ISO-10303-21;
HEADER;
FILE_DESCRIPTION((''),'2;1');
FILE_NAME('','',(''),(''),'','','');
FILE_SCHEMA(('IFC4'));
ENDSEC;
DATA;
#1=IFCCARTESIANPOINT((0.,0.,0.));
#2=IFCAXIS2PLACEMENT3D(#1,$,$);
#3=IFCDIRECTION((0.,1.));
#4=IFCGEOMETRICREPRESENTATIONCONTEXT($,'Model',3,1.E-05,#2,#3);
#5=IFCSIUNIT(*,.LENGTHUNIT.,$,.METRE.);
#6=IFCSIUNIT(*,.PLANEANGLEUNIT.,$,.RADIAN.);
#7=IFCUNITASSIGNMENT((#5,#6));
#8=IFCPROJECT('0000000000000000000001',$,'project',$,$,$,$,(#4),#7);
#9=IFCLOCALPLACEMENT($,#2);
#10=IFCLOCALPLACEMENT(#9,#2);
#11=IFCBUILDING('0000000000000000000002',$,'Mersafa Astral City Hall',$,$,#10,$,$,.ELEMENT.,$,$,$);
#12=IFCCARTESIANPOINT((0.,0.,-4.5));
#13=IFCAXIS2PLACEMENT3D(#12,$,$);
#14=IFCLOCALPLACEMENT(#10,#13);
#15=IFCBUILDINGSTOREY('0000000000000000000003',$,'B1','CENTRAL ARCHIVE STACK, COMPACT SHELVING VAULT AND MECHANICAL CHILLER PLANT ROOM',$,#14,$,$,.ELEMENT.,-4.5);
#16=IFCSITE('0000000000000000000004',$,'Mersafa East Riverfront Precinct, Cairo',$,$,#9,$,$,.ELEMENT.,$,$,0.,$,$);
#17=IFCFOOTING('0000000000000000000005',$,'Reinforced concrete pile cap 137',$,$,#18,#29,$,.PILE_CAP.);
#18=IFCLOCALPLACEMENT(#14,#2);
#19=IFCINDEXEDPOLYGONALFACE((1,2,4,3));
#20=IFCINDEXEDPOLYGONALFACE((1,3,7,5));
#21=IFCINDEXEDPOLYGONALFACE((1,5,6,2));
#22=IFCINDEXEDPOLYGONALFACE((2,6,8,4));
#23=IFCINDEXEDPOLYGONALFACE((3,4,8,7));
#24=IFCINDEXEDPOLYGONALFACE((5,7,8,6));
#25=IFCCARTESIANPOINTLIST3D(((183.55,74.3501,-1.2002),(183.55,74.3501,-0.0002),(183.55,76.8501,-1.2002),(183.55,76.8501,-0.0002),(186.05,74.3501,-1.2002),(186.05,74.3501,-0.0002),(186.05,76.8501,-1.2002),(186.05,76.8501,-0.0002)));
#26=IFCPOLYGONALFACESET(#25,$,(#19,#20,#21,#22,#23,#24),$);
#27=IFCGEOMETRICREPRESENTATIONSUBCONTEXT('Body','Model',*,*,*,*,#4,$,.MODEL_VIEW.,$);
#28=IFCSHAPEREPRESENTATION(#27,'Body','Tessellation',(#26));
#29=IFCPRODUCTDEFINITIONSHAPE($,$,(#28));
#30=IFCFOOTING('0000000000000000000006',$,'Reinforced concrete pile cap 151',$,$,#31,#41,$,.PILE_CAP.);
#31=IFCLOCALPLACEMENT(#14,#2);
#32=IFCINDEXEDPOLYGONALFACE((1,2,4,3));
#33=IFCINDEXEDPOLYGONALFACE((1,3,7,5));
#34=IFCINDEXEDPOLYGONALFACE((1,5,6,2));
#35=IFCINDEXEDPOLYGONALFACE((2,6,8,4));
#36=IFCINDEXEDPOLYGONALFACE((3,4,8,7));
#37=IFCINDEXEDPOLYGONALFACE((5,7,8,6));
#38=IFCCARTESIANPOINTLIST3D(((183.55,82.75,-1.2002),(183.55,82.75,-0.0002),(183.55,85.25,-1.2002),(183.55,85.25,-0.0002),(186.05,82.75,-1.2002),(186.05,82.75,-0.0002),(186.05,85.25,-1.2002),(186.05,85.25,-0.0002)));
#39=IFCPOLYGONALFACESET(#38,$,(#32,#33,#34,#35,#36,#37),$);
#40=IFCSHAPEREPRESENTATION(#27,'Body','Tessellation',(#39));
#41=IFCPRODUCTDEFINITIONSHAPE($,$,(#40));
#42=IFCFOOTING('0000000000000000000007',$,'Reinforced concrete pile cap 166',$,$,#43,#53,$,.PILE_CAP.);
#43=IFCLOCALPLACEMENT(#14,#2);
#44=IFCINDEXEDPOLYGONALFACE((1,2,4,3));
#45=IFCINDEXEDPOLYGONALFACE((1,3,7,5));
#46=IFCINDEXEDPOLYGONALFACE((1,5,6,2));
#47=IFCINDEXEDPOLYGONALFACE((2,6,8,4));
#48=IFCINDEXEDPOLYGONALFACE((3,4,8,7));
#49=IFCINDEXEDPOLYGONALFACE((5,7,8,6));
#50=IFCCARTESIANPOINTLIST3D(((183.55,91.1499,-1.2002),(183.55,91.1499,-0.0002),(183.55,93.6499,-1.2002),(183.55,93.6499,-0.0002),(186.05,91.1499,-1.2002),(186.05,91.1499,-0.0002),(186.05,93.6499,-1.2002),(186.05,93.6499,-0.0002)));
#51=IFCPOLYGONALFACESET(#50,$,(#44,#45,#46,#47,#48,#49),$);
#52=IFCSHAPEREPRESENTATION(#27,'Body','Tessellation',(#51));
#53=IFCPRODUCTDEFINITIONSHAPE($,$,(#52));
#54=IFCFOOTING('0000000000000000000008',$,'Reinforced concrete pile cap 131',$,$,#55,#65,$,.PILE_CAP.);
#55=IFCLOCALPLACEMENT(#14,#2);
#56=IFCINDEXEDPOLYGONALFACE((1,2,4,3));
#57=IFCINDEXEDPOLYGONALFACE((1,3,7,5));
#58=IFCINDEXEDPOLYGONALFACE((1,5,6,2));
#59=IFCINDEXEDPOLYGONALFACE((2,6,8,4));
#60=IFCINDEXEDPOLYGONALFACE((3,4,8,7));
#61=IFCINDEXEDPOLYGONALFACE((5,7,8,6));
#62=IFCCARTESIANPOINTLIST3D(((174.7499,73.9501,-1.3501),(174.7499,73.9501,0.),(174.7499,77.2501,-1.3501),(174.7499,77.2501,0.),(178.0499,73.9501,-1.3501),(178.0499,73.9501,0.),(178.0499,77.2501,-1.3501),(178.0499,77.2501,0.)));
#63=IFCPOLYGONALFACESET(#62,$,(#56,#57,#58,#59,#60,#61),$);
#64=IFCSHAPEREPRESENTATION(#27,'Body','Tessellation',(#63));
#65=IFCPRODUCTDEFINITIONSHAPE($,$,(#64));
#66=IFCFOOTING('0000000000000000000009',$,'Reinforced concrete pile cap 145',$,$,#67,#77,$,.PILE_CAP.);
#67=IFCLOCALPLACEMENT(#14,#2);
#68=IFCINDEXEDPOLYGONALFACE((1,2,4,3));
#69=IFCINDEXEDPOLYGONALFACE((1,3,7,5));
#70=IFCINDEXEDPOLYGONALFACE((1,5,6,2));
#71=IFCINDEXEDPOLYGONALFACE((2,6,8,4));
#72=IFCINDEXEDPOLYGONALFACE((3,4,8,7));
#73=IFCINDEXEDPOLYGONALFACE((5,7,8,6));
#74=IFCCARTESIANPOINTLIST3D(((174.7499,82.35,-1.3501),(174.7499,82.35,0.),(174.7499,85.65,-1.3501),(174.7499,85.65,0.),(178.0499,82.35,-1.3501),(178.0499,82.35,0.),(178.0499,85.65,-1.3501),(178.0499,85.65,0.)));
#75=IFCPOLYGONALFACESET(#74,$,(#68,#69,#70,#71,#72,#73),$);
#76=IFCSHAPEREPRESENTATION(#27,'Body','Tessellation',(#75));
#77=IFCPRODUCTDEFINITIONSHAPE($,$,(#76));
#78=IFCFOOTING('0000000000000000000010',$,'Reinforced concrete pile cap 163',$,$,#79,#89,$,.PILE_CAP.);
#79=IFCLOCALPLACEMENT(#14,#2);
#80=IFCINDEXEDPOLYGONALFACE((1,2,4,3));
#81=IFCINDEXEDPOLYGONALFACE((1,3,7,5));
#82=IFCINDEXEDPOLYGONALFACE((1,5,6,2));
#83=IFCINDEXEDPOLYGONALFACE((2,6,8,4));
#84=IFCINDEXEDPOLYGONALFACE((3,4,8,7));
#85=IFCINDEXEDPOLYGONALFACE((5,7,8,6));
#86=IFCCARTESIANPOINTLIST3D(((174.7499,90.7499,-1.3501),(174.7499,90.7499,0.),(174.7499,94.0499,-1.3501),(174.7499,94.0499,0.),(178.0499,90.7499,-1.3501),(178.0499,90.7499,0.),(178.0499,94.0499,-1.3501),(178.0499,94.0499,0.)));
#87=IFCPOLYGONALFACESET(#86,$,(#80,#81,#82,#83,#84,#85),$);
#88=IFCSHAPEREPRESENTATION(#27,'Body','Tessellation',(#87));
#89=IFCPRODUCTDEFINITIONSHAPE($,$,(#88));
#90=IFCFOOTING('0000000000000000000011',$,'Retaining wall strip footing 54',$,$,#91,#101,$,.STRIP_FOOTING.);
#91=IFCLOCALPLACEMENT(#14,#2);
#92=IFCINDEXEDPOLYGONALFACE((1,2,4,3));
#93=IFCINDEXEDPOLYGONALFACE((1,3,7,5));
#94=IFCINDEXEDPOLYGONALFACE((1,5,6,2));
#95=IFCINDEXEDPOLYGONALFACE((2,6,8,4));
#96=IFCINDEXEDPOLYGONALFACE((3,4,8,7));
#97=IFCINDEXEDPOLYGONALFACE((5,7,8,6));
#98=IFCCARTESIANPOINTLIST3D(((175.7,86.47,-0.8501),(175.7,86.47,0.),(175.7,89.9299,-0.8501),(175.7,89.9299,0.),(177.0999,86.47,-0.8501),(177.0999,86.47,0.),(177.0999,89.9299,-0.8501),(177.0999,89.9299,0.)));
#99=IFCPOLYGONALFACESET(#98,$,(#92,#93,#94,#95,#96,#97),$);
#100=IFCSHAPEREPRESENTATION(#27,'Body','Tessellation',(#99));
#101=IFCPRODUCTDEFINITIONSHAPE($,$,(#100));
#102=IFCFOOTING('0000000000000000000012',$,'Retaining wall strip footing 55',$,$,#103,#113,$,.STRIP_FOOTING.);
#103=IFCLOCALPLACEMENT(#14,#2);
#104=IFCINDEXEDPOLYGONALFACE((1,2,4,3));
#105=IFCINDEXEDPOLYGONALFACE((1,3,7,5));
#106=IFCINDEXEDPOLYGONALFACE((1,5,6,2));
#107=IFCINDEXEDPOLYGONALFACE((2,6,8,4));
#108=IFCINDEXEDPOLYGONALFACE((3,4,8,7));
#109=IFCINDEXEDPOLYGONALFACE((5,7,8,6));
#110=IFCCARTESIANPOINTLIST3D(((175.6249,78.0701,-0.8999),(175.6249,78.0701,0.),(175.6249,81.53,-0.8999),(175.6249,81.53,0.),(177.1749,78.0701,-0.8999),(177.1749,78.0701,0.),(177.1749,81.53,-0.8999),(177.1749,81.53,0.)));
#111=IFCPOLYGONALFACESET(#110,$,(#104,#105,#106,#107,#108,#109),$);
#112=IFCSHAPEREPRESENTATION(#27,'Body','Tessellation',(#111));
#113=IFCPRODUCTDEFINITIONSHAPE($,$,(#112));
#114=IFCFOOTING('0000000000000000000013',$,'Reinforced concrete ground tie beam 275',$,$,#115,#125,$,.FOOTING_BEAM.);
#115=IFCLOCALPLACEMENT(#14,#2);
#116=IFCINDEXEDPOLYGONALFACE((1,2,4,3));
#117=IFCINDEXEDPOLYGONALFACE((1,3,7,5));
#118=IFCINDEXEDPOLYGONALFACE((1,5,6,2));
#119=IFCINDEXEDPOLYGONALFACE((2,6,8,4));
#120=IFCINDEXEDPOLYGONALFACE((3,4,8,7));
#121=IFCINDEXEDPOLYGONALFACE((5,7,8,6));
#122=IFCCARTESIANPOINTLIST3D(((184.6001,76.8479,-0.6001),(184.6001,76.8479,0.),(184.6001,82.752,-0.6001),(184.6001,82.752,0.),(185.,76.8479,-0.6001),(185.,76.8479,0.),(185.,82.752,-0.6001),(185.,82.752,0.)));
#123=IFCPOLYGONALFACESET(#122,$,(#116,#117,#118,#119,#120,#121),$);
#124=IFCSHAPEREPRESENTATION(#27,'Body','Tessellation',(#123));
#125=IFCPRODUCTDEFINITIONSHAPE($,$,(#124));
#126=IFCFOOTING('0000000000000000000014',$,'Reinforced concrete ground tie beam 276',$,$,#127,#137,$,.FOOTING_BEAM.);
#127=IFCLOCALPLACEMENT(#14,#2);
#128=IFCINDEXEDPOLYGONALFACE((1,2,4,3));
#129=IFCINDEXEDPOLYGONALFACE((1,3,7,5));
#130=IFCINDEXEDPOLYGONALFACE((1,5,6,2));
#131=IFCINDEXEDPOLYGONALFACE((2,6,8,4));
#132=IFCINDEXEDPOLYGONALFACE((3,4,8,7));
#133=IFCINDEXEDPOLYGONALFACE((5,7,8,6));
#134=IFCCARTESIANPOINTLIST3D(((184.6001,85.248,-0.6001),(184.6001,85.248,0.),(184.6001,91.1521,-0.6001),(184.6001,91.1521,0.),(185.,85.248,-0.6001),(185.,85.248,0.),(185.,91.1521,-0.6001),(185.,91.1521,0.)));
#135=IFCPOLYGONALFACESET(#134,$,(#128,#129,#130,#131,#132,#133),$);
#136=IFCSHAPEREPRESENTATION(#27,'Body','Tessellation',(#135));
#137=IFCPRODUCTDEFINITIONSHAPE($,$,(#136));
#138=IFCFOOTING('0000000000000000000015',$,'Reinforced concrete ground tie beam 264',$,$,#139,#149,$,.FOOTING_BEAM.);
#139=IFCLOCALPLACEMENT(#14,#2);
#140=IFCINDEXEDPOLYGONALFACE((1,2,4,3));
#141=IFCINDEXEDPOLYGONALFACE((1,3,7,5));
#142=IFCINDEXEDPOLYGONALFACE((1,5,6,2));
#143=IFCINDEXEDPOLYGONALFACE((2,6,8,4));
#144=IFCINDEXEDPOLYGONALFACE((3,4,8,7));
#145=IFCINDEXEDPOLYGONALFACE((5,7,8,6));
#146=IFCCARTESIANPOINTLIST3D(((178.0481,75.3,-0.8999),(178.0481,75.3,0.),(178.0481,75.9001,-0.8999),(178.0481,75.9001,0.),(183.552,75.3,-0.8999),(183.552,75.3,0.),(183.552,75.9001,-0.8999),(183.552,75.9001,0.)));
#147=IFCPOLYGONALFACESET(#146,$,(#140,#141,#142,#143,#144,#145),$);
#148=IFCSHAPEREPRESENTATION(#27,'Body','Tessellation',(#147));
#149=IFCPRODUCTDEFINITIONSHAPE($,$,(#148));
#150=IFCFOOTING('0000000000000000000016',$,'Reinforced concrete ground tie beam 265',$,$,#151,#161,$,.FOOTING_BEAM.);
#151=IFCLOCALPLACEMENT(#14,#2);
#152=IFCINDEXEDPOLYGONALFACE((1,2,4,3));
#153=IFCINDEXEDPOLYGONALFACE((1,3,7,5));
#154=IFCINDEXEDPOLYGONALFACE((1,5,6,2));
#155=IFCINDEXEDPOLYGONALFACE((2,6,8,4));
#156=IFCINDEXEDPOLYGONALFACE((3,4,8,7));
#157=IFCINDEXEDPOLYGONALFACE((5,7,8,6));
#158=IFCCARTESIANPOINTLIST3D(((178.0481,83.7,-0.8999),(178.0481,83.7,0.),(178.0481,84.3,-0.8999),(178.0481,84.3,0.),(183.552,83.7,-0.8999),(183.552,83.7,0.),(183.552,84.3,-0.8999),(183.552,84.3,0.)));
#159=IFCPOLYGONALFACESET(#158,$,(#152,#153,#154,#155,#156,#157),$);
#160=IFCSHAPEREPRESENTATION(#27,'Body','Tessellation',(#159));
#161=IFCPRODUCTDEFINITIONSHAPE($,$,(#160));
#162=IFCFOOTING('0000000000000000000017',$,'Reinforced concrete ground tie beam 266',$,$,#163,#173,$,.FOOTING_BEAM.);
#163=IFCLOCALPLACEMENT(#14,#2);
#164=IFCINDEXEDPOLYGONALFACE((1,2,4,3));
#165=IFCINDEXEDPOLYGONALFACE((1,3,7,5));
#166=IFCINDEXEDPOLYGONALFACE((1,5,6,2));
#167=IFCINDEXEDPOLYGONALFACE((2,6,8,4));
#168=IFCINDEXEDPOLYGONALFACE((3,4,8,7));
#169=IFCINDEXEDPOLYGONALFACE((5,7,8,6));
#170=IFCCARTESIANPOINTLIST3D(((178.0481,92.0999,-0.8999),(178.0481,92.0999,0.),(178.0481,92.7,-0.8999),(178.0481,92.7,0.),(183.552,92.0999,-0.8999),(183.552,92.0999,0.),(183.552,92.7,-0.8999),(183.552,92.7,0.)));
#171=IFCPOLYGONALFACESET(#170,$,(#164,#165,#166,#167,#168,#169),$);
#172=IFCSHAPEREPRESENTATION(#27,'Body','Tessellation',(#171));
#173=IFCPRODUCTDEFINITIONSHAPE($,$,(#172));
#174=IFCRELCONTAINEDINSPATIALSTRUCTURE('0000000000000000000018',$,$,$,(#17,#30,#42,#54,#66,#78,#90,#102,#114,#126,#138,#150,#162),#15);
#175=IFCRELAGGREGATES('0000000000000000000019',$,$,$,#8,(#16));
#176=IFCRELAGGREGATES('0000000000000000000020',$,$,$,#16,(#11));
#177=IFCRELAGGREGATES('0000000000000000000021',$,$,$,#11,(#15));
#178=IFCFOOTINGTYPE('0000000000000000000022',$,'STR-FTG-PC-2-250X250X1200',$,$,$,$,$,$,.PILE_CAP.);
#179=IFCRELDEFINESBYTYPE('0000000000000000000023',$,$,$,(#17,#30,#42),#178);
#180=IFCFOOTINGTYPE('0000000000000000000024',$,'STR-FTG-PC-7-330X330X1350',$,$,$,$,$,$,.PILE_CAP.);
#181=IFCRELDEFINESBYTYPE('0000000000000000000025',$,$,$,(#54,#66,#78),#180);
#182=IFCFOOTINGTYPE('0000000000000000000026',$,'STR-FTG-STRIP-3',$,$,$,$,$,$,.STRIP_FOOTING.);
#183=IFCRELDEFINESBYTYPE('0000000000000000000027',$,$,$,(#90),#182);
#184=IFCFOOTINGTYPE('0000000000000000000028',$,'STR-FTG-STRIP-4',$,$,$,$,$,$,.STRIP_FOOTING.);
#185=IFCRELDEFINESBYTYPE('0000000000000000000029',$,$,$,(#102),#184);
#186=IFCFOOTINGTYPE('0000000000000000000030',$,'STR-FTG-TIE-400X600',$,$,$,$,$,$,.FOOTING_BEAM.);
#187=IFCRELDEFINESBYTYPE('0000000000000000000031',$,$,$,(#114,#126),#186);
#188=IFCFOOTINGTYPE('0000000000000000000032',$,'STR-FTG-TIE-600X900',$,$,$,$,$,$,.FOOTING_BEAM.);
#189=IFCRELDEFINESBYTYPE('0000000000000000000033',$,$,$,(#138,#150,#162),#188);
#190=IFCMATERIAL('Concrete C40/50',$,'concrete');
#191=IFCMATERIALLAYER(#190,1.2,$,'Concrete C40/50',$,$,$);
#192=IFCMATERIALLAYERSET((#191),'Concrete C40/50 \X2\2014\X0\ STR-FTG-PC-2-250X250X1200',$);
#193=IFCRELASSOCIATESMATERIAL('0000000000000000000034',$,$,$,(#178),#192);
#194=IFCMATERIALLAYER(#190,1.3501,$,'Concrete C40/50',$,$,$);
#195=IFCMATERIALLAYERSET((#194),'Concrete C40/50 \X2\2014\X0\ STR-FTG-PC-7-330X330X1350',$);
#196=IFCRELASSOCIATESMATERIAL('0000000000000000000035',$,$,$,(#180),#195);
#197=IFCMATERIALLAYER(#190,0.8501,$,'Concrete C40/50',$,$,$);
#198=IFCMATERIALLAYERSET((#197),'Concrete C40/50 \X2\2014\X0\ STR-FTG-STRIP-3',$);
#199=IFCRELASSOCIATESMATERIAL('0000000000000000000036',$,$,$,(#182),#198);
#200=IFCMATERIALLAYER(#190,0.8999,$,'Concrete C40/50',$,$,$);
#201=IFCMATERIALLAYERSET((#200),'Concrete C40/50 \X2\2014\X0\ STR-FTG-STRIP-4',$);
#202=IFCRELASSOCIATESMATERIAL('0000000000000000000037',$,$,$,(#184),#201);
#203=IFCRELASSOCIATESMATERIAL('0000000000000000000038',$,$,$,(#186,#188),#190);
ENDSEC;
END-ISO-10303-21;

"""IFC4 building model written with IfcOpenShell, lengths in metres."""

from ifc_helpers import new_model, si_unit, direction, frame, origin, origin_2d, place, context, subcontext, project, spatial, rectangle, extrude, material, layer, layer_set, material_profile, profile_set, type_object, element, save


model = new_model("IFC4")

# Units and contexts
model_context = context("Model", 3, precision=1e-05, world=origin(), true_north=direction((0.0, 1.0)))
body_context = subcontext(model_context, "Body", "Model", "MODEL_VIEW")
ifc_project = project(units=[si_unit("LENGTHUNIT", "METRE"), si_unit("PLANEANGLEUNIT", "RADIAN")], contexts=[model_context])

# Site, building, storey
site_placement = place(None, origin())
site = spatial("IfcSite", under=ifc_project, at=site_placement, Name="Mersafa East Riverfront Precinct, Cairo", CompositionType="ELEMENT", RefElevation=0.0)
building_placement = place(site_placement, origin())
building = spatial("IfcBuilding", under=site, at=building_placement, Name="Mersafa Astral City Hall", CompositionType="ELEMENT")
storey_placement = place(building_placement, frame((0.0, 0.0, -4.5)))
storey = spatial("IfcBuildingStorey", under=building, at=storey_placement, Name="B1", Description="CENTRAL ARCHIVE STACK, COMPACT SHELVING VAULT AND MECHANICAL CHILLER PLANT ROOM", CompositionType="ELEMENT", Elevation=-4.5)

# Footings
ifc_material_1 = material(Name="Concrete C40/50", Category="concrete")
ifc_layer_1 = layer(ifc_material_1, 1.2, Name="Concrete C40/50")
ifc_layer_set_1 = layer_set([ifc_layer_1], Name="Concrete C40/50 — STR-FTG-PC-2-250X250X1200")
footing_type_1 = type_object("IfcFootingType", Name="STR-FTG-PC-2-250X250X1200", PredefinedType="PILE_CAP", material=ifc_layer_set_1)
for number, where, z_axis, x_axis, name in (
    (1, (184.8, 75.6001, -1.2002), (0.0, 0.0, 1.0), (1.0, 0.0, 0.0), "Reinforced concrete pile cap 137"),
    (2, (184.8, 84.0, -1.2002), (0.0, 0.0, 1.0), (1.0, 0.0, 0.0), "Reinforced concrete pile cap 151"),
    (3, (184.8, 92.3999, -1.2002), (0.0, 0.0, 1.0), (1.0, 0.0, 0.0), "Reinforced concrete pile cap 166"),
):
    element("IfcFooting", number, at=place(storey_placement, frame(where, z_axis=z_axis, x_axis=x_axis)), inside=storey, type_object=footing_type_1, Name=name, PredefinedType="PILE_CAP", context=body_context, shape_type="SweptSolid", body=[
        extrude(rectangle(XDim=2.5, YDim=2.5, at=origin_2d()), origin(), (0.0, 0.0, 1.0), 1.2),
    ])
ifc_layer_2 = layer(ifc_material_1, 1.3501, Name="Concrete C40/50")
ifc_layer_set_2 = layer_set([ifc_layer_2], Name="Concrete C40/50 — STR-FTG-PC-7-330X330X1350")
footing_type_2 = type_object("IfcFootingType", Name="STR-FTG-PC-7-330X330X1350", PredefinedType="PILE_CAP", material=ifc_layer_set_2)
for number, where, z_axis, x_axis, name in (
    (4, (176.3999, 75.6001, -1.3501), (0.0, 0.0, 1.0), (1.0, 0.0, 0.0), "Reinforced concrete pile cap 131"),
    (5, (176.3999, 84.0, -1.3501), (0.0, 0.0, 1.0), (1.0, 0.0, 0.0), "Reinforced concrete pile cap 145"),
    (6, (176.3999, 92.3999, -1.3501), (0.0, 0.0, 1.0), (1.0, 0.0, 0.0), "Reinforced concrete pile cap 163"),
):
    element("IfcFooting", number, at=place(storey_placement, frame(where, z_axis=z_axis, x_axis=x_axis)), inside=storey, type_object=footing_type_2, Name=name, PredefinedType="PILE_CAP", context=body_context, shape_type="SweptSolid", body=[
        extrude(rectangle(XDim=3.3, YDim=3.3, at=origin_2d()), origin(), (0.0, 0.0, 1.0), 1.3501),
    ])
ifc_layer_3 = layer(ifc_material_1, 0.8501, Name="Concrete C40/50")
ifc_layer_set_3 = layer_set([ifc_layer_3], Name="Concrete C40/50 — STR-FTG-STRIP-3")
footing_type_3 = type_object("IfcFootingType", Name="STR-FTG-STRIP-3", PredefinedType="STRIP_FOOTING", material=ifc_layer_set_3)
footing_1_placement = place(storey_placement, frame((176.3999, 88.2, -0.8501), z_axis=(0.0, 0.0, 1.0), x_axis=(0.0, -1.0, 0.0)))
element("IfcFooting", 7, at=footing_1_placement, inside=storey, type_object=footing_type_3, Name="Retaining wall strip footing 54", PredefinedType="STRIP_FOOTING", context=body_context, shape_type="SweptSolid", body=[
    extrude(rectangle(XDim=3.46, YDim=1.3999, at=origin_2d()), origin(), (0.0, 0.0, 1.0), 0.8501),
])
ifc_layer_4 = layer(ifc_material_1, 0.8999, Name="Concrete C40/50")
ifc_layer_set_4 = layer_set([ifc_layer_4], Name="Concrete C40/50 — STR-FTG-STRIP-4")
footing_type_4 = type_object("IfcFootingType", Name="STR-FTG-STRIP-4", PredefinedType="STRIP_FOOTING", material=ifc_layer_set_4)
footing_2_placement = place(storey_placement, frame((176.3999, 79.8, -0.8999), z_axis=(0.0, 0.0, 1.0), x_axis=(0.0, -1.0, 0.0)))
element("IfcFooting", 8, at=footing_2_placement, inside=storey, type_object=footing_type_4, Name="Retaining wall strip footing 55", PredefinedType="STRIP_FOOTING", context=body_context, shape_type="SweptSolid", body=[
    extrude(rectangle(XDim=3.46, YDim=1.55, at=origin_2d()), origin(), (0.0, 0.0, 1.0), 0.8999),
])
ifc_material_profile_1 = material_profile(ifc_material_1, rectangle(XDim=0.3999, YDim=0.6001, at=origin_2d()), Name="RC 400x600")
ifc_profile_set_1 = profile_set([ifc_material_profile_1], Name="Concrete C40/50")
footing_type_5 = type_object("IfcFootingType", Name="STR-FTG-TIE-400X600", PredefinedType="FOOTING_BEAM", material=ifc_profile_set_1)
for number, where, z_axis, x_axis, name in (
    (9, (184.8, 76.8479, -0.3), (0.0, 1.0, 0.0), (-1.0, 0.0, 0.0), "Reinforced concrete ground tie beam 275"),
    (10, (184.8, 85.248, -0.3), (0.0, 1.0, 0.0), (-1.0, 0.0, 0.0), "Reinforced concrete ground tie beam 276"),
):
    element("IfcFooting", number, at=place(storey_placement, frame(where, z_axis=z_axis, x_axis=x_axis)), inside=storey, type_object=footing_type_5, Name=name, PredefinedType="FOOTING_BEAM", context=body_context, shape_type="SweptSolid", body=[
        extrude(rectangle(XDim=0.3999, YDim=0.6001, at=origin_2d()), origin(), (0.0, 0.0, 1.0), 5.9041),
    ])
ifc_material_profile_2 = material_profile(ifc_material_1, rectangle(XDim=0.6001, YDim=0.8999, at=origin_2d()), Name="RC 600x900")
ifc_profile_set_2 = profile_set([ifc_material_profile_2], Name="Concrete C40/50")
footing_type_6 = type_object("IfcFootingType", Name="STR-FTG-TIE-600X900", PredefinedType="FOOTING_BEAM", material=ifc_profile_set_2)
for number, where, z_axis, x_axis, name in (
    (11, (178.0481, 75.6001, -0.45), (1.0, 0.0, 0.0), (0.0, 1.0, 0.0), "Reinforced concrete ground tie beam 264"),
    (12, (178.0481, 84.0, -0.45), (1.0, 0.0, 0.0), (0.0, 1.0, 0.0), "Reinforced concrete ground tie beam 265"),
    (13, (178.0481, 92.3999, -0.45), (1.0, 0.0, 0.0), (0.0, 1.0, 0.0), "Reinforced concrete ground tie beam 266"),
):
    element("IfcFooting", number, at=place(storey_placement, frame(where, z_axis=z_axis, x_axis=x_axis)), inside=storey, type_object=footing_type_6, Name=name, PredefinedType="FOOTING_BEAM", context=body_context, shape_type="SweptSolid", body=[
        extrude(rectangle(XDim=0.6001, YDim=0.8999, at=origin_2d()), origin(), (0.0, 0.0, 1.0), 5.5039),
    ])

save(model, "model.ifc")
